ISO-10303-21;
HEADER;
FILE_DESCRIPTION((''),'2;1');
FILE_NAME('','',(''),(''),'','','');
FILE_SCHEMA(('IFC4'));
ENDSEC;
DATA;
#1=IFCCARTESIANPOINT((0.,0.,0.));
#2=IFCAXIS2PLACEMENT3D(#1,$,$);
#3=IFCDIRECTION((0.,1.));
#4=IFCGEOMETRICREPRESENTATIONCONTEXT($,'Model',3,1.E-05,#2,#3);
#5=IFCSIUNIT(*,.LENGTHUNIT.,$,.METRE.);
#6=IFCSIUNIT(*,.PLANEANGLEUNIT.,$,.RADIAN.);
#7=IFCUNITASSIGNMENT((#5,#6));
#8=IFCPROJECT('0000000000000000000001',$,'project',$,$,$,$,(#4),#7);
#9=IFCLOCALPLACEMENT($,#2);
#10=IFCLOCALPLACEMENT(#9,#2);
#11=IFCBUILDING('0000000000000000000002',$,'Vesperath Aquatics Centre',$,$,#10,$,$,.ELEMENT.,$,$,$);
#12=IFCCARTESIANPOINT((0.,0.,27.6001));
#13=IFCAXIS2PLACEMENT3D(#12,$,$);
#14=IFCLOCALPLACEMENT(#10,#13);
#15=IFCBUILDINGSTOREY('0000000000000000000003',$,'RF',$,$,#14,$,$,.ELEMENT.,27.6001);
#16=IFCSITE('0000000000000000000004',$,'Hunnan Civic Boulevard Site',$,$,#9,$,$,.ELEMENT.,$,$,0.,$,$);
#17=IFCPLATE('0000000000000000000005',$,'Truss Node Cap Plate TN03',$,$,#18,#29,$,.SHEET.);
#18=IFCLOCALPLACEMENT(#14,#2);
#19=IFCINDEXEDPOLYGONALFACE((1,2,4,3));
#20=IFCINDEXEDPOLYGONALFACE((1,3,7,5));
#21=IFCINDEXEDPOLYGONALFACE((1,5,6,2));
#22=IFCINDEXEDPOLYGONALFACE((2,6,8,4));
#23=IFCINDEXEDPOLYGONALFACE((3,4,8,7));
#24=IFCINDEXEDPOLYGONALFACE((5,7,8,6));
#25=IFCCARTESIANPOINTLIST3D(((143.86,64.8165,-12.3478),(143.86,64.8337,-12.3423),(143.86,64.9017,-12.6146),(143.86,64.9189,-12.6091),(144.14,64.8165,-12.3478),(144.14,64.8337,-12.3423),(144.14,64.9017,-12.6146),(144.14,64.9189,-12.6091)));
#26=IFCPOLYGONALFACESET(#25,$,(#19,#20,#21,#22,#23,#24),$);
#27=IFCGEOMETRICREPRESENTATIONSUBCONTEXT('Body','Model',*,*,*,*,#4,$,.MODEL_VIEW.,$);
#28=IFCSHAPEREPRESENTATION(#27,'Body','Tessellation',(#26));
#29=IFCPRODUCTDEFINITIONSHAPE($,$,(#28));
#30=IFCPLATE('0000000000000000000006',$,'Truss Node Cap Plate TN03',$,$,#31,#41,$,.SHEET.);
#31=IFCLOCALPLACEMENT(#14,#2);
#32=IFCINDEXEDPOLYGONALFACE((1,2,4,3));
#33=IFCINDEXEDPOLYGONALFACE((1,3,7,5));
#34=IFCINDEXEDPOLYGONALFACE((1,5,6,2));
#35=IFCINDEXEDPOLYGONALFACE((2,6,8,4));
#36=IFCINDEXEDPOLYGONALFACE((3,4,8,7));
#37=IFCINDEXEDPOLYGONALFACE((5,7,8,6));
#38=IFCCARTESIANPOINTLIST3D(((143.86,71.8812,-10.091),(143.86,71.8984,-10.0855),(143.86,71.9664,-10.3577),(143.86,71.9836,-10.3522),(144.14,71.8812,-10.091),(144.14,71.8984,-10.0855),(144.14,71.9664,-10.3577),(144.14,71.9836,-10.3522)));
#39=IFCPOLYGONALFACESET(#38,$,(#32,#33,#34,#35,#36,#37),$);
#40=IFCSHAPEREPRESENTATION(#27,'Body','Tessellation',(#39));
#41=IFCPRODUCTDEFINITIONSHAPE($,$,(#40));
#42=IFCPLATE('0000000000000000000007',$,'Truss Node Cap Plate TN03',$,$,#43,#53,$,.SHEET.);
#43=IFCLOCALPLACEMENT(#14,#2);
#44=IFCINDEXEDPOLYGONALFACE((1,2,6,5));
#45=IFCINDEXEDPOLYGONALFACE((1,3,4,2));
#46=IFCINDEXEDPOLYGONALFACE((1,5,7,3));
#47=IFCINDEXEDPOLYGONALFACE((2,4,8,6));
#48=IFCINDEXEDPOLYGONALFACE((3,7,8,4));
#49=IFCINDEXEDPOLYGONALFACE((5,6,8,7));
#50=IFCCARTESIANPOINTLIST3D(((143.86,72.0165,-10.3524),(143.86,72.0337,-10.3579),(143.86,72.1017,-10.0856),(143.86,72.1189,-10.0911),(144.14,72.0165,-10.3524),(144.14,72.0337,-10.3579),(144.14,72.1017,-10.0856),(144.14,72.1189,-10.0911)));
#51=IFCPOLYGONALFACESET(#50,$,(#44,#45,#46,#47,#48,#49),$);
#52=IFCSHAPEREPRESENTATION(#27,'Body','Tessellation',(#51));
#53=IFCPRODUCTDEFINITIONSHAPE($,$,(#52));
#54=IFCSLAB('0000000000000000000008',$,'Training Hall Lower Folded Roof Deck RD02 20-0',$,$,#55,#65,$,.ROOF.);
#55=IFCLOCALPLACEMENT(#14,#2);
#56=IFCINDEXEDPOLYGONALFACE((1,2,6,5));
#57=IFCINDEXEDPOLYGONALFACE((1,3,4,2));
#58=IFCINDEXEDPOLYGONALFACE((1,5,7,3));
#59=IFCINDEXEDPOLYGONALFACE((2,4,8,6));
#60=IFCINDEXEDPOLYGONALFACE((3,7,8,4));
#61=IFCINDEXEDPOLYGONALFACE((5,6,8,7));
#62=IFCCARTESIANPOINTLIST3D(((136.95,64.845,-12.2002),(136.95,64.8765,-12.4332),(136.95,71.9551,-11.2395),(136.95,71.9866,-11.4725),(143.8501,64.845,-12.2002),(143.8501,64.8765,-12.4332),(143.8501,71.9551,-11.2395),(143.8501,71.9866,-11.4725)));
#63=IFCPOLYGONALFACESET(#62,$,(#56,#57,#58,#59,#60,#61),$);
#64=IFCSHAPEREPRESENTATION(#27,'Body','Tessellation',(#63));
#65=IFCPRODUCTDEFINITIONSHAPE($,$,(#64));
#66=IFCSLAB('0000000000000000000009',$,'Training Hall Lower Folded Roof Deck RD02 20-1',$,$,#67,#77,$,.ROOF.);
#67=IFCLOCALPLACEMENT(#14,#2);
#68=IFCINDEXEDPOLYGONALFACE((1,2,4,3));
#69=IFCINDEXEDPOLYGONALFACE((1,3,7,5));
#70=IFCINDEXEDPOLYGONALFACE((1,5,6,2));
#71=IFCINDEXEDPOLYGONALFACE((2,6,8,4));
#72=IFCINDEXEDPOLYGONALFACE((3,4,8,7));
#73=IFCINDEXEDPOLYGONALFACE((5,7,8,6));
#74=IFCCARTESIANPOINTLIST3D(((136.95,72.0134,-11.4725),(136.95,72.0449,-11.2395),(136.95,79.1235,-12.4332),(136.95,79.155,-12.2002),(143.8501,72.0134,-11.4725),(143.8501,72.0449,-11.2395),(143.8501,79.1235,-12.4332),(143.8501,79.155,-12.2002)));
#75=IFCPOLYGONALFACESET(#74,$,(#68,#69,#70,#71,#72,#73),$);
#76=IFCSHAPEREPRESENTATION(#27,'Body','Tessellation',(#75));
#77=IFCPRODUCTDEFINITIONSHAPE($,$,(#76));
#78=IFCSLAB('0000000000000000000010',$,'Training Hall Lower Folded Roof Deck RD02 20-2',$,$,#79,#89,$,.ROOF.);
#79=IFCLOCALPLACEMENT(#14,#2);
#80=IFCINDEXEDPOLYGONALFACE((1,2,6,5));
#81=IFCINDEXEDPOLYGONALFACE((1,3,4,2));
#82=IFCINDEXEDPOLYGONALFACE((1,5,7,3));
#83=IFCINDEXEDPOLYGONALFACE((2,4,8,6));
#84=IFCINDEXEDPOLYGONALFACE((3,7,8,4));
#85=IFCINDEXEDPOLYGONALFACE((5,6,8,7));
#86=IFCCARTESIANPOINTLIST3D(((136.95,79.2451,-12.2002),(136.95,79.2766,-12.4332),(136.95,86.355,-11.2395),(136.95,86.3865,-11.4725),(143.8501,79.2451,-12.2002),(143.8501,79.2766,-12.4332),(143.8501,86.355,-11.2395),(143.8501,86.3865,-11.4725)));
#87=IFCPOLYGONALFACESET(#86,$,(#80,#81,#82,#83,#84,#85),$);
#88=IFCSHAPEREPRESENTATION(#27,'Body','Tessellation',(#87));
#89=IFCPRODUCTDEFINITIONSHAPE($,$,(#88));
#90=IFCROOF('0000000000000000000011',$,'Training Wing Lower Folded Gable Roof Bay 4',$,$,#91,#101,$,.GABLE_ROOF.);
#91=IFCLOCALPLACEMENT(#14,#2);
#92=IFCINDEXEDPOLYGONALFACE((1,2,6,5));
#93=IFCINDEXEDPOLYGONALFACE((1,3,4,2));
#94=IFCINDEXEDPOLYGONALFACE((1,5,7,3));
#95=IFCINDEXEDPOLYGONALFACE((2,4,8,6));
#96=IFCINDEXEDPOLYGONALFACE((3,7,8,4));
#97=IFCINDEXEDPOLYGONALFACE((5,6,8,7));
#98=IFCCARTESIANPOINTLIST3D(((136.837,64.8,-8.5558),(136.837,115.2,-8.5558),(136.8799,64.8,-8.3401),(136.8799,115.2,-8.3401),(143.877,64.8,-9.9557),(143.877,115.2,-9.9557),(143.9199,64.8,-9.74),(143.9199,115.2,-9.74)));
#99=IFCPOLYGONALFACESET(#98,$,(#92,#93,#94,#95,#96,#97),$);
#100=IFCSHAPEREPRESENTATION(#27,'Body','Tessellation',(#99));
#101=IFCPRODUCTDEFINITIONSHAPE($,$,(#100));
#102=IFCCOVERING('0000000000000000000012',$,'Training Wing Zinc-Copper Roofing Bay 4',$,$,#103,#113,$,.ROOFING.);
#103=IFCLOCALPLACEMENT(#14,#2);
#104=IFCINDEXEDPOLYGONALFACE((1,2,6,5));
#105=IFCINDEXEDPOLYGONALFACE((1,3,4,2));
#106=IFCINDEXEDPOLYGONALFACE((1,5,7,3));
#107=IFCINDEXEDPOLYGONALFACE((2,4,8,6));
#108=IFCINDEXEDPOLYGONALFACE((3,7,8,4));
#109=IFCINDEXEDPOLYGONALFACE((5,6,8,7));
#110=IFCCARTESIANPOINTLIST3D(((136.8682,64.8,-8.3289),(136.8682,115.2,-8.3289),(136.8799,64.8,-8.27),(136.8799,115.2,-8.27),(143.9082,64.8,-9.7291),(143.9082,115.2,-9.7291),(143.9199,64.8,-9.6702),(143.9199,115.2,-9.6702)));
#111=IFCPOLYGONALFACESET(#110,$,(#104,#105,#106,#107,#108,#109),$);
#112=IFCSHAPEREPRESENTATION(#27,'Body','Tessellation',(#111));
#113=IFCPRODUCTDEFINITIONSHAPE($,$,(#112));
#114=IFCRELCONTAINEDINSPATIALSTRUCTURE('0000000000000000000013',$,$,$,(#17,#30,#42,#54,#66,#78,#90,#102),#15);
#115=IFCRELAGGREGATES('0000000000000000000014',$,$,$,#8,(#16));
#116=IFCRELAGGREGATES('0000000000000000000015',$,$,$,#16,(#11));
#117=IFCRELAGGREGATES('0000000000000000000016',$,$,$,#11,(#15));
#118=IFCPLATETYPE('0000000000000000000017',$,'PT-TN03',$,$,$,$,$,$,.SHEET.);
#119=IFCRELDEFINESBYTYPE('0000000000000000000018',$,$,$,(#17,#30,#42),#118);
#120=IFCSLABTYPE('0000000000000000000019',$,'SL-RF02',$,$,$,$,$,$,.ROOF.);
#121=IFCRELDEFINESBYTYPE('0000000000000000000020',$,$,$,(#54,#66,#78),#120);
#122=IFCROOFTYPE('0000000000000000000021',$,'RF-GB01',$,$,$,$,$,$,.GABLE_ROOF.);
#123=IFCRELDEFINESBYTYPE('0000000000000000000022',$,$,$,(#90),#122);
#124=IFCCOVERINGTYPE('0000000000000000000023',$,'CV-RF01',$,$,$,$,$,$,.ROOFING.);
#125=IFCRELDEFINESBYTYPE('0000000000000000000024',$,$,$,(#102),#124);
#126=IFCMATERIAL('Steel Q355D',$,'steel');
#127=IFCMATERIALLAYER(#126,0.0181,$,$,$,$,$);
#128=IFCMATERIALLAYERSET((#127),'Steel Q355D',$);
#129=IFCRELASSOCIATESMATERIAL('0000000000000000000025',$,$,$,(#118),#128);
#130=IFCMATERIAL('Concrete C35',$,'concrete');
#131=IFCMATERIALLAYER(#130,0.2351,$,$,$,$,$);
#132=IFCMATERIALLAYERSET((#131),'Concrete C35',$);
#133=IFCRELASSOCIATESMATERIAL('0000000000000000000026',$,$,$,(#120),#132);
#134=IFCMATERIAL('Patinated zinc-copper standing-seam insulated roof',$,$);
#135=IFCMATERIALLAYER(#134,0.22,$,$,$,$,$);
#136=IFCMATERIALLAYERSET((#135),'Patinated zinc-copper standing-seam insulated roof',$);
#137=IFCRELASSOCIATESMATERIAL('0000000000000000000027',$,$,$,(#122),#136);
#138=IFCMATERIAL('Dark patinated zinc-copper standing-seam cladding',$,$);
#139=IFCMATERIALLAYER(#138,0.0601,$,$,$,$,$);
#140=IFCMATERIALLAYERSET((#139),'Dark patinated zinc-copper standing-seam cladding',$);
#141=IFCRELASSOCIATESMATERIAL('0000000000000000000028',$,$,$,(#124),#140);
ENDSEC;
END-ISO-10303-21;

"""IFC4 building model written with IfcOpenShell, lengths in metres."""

from ifc_helpers import new_model, si_unit, direction, frame, origin, origin_2d, place, context, subcontext, project, spatial, polyline, rectangle, outline, extrude, material, layer, layer_set, type_object, element, save


model = new_model("IFC4")

# Units and contexts
model_context = context("Model", 3, precision=1e-05, world=origin(), true_north=direction((0.0, 1.0)))
body_context = subcontext(model_context, "Body", "Model", "MODEL_VIEW")
ifc_project = project(units=[si_unit("LENGTHUNIT", "METRE"), si_unit("PLANEANGLEUNIT", "RADIAN")], contexts=[model_context])

# Site, building, storey
site_placement = place(None, origin())
site = spatial("IfcSite", under=ifc_project, at=site_placement, Name="Hunnan Civic Boulevard Site", CompositionType="ELEMENT", RefElevation=0.0)
building_placement = place(site_placement, origin())
building = spatial("IfcBuilding", under=site, at=building_placement, Name="Vesperath Aquatics Centre", CompositionType="ELEMENT")
storey_placement = place(building_placement, frame((0.0, 0.0, 27.6001)))
storey = spatial("IfcBuildingStorey", under=building, at=storey_placement, Name="RF", CompositionType="ELEMENT", Elevation=27.6001)

# Shared definitions
ifc_material_1 = material(Name="Steel Q355D", Category="steel")

# Plates
ifc_layer_1 = layer(ifc_material_1, 0.0181)
ifc_layer_set_1 = layer_set([ifc_layer_1], Name="Steel Q355D")
plate_type = type_object("IfcPlateType", Name="PT-TN03", PredefinedType="SHEET", material=ifc_layer_set_1)
for number, where, z_axis, x_axis, name in (
    (1, (144.0, 64.8591, -12.4812), (0.0, 0.952578, 0.304296), (-1.0, 0.0, 0.0), "Truss Node Cap Plate TN03"),
    (2, (144.0, 71.9238, -10.2244), (0.0, 0.952578, 0.304296), (-1.0, 0.0, 0.0), "Truss Node Cap Plate TN03"),
    (3, (144.0, 72.0591, -10.219), (0.0, 0.952578, -0.304296), (-1.0, 0.0, 0.0), "Truss Node Cap Plate TN03"),
):
    element("IfcPlate", number, at=place(storey_placement, frame(where, z_axis=z_axis, x_axis=x_axis)), inside=storey, type_object=plate_type, Name=name, PredefinedType="SHEET", context=body_context, shape_type="SweptSolid", body=[
        extrude(rectangle(XDim=0.28, YDim=0.28, at=origin_2d()), origin(), (0.0, 0.0, 1.0), 0.0181),
    ])

# Slabs
ifc_material_2 = material(Name="Concrete C35", Category="concrete")
ifc_layer_2 = layer(ifc_material_2, 0.2351)
ifc_layer_set_2 = layer_set([ifc_layer_2], Name="Concrete C35")
slab_type = type_object("IfcSlabType", Name="SL-RF02", PredefinedType="ROOF", material=ifc_layer_set_2)
for number, where, z_axis, x_axis, name in (
    (4, (136.95, 64.845, -12.2002), (0.0, -0.1339, 0.990995), (1.0, 0.0, 0.0), "Training Hall Lower Folded Roof Deck RD02 20-0"),
    (5, (136.95, 72.0449, -11.2395), (0.0, 0.1339, 0.990995), (1.0, 0.0, 0.0), "Training Hall Lower Folded Roof Deck RD02 20-1"),
):
    element("IfcSlab", number, at=place(storey_placement, frame(where, z_axis=z_axis, x_axis=x_axis)), inside=storey, type_object=slab_type, Name=name, PredefinedType="ROOF", context=body_context, shape_type="SweptSolid", body=[
        extrude(outline(polyline([(0.0, 0.0), (6.9001, 0.0), (6.9001, 7.1747), (0.0, 7.1747), (0.0, 0.0)])), origin(), (0.0, 0.0, -1.0), 0.2351),
    ])
slab_placement = place(storey_placement, frame((136.95, 79.2451, -12.2002), z_axis=(0.0, -0.133904, 0.990994), x_axis=(1.0, 0.0, 0.0)))
element("IfcSlab", 6, at=slab_placement, inside=storey, type_object=slab_type, Name="Training Hall Lower Folded Roof Deck RD02 20-2", PredefinedType="ROOF", context=body_context, shape_type="SweptSolid", body=[
    extrude(outline(polyline([(0.0, 0.0), (6.9001, 0.0), (6.9001, 7.1745), (0.0, 7.1745), (0.0, 0.0)])), origin(), (0.0, 0.0, -1.0), 0.2351),
])

# Roof
ifc_material_3 = material(Name="Patinated zinc-copper standing-seam insulated roof")
ifc_layer_3 = layer(ifc_material_3, 0.22)
ifc_layer_set_3 = layer_set([ifc_layer_3], Name="Patinated zinc-copper standing-seam insulated roof")
roof_type = type_object("IfcRoofType", Name="RF-GB01", PredefinedType="GABLE_ROOF", material=ifc_layer_set_3)
roof_placement = place(storey_placement, frame((136.8799, 64.8, -8.3401), z_axis=(0.19503, 0.0, 0.980797), x_axis=(0.980797, 0.0, -0.19503)))
element("IfcRoof", 7, at=roof_placement, inside=storey, type_object=roof_type, Name="Training Wing Lower Folded Gable Roof Bay 4", PredefinedType="GABLE_ROOF", context=body_context, shape_type="SweptSolid", body=[
    extrude(outline(polyline([(0.0, 0.0), (7.1779, 0.0), (7.1779, 50.3999), (0.0, 50.3999), (0.0, 0.0)])), origin(), (0.0, 0.0, -1.0), 0.22),
])

# Covering
ifc_material_4 = material(Name="Dark patinated zinc-copper standing-seam cladding")
ifc_layer_4 = layer(ifc_material_4, 0.0601)
ifc_layer_set_4 = layer_set([ifc_layer_4], Name="Dark patinated zinc-copper standing-seam cladding")
covering_type = type_object("IfcCoveringType", Name="CV-RF01", PredefinedType="ROOFING", material=ifc_layer_set_4)
covering_placement = place(storey_placement, frame((136.8799, 64.8, -8.27), z_axis=(0.195063, 0.0, 0.980791), x_axis=(0.980791, 0.0, -0.195063)))
element("IfcCovering", 8, at=covering_placement, inside=storey, type_object=covering_type, Name="Training Wing Zinc-Copper Roofing Bay 4", PredefinedType="ROOFING", context=body_context, shape_type="SweptSolid", body=[
    extrude(outline(polyline([(0.0, 0.0), (7.1779, 0.0), (7.1779, 50.3999), (0.0, 50.3999), (0.0, 0.0)])), origin(), (0.0, 0.0, -1.0), 0.0601),
])

save(model, "model.ifc")
